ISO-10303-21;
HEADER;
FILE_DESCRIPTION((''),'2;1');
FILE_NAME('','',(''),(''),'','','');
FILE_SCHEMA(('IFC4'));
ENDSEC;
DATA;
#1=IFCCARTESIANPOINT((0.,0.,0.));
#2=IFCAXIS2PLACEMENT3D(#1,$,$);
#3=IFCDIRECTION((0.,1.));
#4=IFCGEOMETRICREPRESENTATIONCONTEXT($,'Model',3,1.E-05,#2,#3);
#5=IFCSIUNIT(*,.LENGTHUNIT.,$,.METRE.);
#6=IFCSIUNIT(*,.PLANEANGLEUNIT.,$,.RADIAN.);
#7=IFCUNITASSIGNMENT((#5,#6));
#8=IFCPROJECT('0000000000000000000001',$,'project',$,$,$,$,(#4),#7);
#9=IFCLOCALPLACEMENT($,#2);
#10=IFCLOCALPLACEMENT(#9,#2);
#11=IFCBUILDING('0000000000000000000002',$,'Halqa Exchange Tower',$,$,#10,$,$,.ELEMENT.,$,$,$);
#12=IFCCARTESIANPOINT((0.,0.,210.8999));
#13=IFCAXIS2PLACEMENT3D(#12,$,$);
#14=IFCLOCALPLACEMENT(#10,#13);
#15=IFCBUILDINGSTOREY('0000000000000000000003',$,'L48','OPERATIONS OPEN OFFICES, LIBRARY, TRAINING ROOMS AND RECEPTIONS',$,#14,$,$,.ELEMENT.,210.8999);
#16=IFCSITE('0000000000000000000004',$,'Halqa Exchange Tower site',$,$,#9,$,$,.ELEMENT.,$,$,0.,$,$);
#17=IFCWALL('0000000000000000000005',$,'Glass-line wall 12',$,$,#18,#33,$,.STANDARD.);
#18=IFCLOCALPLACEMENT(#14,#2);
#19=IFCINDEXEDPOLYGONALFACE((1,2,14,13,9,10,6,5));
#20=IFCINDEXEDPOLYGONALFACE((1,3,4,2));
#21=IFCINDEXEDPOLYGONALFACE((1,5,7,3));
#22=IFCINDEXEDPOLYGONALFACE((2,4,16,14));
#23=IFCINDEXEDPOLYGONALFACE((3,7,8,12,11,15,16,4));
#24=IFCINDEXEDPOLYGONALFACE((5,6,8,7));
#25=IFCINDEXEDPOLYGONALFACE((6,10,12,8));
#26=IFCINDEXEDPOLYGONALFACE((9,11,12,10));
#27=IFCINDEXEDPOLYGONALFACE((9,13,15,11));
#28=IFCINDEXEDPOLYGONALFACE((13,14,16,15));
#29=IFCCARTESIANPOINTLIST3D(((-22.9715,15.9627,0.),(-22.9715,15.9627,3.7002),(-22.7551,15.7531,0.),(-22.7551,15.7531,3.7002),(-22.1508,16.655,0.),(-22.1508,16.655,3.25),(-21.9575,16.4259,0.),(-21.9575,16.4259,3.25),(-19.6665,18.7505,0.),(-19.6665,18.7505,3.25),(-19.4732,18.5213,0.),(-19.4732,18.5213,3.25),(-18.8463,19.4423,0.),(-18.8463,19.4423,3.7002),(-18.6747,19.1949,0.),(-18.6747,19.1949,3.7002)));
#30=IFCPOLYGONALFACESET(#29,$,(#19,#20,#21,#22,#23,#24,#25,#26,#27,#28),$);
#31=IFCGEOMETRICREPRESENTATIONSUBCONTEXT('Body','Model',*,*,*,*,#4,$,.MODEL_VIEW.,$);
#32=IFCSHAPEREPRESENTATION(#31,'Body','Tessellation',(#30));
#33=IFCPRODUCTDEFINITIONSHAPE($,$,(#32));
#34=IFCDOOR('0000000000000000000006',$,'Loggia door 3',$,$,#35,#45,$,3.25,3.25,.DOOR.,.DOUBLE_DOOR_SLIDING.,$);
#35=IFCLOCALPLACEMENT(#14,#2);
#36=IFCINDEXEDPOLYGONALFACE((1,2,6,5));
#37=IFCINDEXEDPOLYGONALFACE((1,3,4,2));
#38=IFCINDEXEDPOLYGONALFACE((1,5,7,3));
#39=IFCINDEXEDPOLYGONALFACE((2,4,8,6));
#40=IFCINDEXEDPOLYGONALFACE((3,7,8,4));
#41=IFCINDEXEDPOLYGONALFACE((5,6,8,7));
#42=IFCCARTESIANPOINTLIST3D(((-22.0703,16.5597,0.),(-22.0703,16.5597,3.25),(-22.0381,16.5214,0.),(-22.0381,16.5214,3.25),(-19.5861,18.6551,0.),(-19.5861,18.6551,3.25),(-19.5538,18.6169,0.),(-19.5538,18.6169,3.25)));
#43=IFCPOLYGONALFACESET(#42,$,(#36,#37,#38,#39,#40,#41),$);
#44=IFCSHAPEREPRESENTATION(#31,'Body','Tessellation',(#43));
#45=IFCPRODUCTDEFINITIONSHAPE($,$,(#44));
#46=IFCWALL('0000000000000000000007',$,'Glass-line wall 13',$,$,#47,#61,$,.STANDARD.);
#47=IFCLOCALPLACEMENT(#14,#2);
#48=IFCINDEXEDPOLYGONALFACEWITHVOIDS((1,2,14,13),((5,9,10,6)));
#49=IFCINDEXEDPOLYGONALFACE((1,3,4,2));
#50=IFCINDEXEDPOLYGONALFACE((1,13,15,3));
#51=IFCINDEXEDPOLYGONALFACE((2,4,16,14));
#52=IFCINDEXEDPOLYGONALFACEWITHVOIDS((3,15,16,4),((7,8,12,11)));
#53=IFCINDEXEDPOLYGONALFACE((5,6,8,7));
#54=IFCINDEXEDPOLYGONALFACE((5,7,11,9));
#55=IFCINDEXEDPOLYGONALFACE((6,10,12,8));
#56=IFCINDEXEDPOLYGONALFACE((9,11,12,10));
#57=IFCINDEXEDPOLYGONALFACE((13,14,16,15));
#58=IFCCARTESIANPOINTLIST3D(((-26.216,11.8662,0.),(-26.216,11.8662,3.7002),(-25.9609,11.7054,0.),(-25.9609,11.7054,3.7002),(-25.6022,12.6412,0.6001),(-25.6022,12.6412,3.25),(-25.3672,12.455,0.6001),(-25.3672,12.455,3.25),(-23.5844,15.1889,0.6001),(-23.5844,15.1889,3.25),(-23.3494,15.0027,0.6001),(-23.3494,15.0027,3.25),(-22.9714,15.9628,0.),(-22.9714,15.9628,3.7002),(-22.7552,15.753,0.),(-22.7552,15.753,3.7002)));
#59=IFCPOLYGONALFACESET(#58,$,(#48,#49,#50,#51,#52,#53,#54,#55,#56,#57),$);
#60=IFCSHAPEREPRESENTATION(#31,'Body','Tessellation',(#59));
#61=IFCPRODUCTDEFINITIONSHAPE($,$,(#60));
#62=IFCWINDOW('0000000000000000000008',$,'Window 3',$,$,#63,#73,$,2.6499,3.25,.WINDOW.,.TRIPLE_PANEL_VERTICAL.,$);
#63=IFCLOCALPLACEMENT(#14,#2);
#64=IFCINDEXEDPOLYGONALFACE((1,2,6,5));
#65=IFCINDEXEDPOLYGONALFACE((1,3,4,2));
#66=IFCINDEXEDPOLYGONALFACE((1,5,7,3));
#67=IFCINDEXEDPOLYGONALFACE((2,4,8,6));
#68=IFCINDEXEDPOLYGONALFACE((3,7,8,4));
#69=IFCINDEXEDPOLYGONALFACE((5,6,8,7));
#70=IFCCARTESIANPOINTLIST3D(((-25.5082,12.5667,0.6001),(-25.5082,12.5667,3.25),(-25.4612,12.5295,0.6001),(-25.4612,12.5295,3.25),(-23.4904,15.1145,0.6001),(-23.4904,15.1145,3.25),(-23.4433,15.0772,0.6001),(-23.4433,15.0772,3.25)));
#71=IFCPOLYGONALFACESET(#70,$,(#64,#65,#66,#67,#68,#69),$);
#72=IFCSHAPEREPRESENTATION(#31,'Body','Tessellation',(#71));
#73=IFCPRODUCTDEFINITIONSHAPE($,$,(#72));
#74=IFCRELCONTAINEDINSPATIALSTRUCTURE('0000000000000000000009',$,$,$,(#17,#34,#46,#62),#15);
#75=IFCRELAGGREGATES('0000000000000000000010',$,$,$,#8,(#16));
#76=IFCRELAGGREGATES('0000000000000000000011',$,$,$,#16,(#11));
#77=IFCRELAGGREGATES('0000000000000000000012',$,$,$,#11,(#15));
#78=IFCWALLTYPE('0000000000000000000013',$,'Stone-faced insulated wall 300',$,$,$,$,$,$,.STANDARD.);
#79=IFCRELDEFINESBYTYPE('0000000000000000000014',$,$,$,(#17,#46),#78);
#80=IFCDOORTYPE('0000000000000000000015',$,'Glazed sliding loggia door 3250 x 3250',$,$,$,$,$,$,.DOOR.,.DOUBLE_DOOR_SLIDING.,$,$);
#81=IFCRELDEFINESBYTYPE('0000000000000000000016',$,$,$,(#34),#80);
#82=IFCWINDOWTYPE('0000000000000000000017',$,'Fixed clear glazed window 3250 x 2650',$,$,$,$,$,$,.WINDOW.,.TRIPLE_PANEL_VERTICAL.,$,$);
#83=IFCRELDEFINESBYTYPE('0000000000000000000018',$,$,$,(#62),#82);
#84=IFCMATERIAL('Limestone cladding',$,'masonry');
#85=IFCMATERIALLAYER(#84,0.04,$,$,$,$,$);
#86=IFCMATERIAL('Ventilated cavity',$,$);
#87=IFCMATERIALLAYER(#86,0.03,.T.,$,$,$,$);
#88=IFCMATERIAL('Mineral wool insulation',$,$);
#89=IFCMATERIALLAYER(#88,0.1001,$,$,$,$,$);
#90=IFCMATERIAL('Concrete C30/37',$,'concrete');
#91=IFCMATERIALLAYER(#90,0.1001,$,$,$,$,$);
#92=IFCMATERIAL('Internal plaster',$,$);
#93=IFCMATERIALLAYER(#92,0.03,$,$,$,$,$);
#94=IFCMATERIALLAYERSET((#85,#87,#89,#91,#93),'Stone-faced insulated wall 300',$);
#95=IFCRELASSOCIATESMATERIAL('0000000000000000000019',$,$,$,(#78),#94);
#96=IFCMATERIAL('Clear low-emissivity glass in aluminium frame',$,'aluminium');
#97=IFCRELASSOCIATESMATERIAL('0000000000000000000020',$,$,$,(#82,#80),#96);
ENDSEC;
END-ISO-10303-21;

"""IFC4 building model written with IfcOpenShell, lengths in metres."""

from ifc_helpers import new_model, si_unit, direction, frame, frame_2d, origin, place, context, subcontext, project, spatial, polyline, rectangle, outline, extrude, material, layer, layer_set, type_object, element, fill, save


model = new_model("IFC4")

# Units and contexts
model_context = context("Model", 3, precision=1e-05, world=origin(), true_north=direction((0.0, 1.0)))
body_context = subcontext(model_context, "Body", "Model", "MODEL_VIEW")
ifc_project = project(units=[si_unit("LENGTHUNIT", "METRE"), si_unit("PLANEANGLEUNIT", "RADIAN")], contexts=[model_context])

# Site, building, storey
site_placement = place(None, origin())
site = spatial("IfcSite", under=ifc_project, at=site_placement, Name="Halqa Exchange Tower site", CompositionType="ELEMENT", RefElevation=0.0)
building_placement = place(site_placement, origin())
building = spatial("IfcBuilding", under=site, at=building_placement, Name="Halqa Exchange Tower", CompositionType="ELEMENT")
storey_placement = place(building_placement, frame((0.0, 0.0, 210.8999)))
storey = spatial("IfcBuildingStorey", under=building, at=storey_placement, Name="L48", Description="OPERATIONS OPEN OFFICES, LIBRARY, TRAINING ROOMS AND RECEPTIONS", CompositionType="ELEMENT", Elevation=210.8999)

# Shared definitions
ifc_material_1 = material(Name="Limestone cladding", Category="masonry")
ifc_layer_1 = layer(ifc_material_1, 0.04)
ifc_material_2 = material(Name="Ventilated cavity")
ifc_layer_2 = layer(ifc_material_2, 0.03, ventilated=True)
ifc_material_3 = material(Name="Mineral wool insulation")
ifc_layer_3 = layer(ifc_material_3, 0.1001)
ifc_material_4 = material(Name="Concrete C30/37", Category="concrete")
ifc_layer_4 = layer(ifc_material_4, 0.1001)
ifc_material_5 = material(Name="Internal plaster")
ifc_layer_5 = layer(ifc_material_5, 0.03)
ifc_layer_set_1 = layer_set([ifc_layer_1, ifc_layer_2, ifc_layer_3, ifc_layer_4, ifc_layer_5], Name="Stone-faced insulated wall 300")
wall_type_1 = type_object("IfcWallType", Name="Stone-faced insulated wall 300", PredefinedType="STANDARD", material=ifc_layer_set_1)
ifc_material_6 = material(Name="Clear low-emissivity glass in aluminium frame", Category="aluminium")
window_type = type_object("IfcWindowType", Name="Fixed clear glazed window 3250 x 2650", PartitioningType="TRIPLE_PANEL_VERTICAL", PredefinedType="WINDOW", material=ifc_material_6)

# Wall, opening, door
wall_1_placement = place(storey_placement, frame((-18.7605, 19.3186, 0.0), z_axis=(0.0, 0.0, 1.0), x_axis=(-0.764386, -0.644759, 0.0)))
wall_1 = element("IfcWall", 1, at=wall_1_placement, inside=storey, type_object=wall_type_1, Name="Glass-line wall 12", PredefinedType="STANDARD", context=body_context, shape_type="SweptSolid", body=[
    extrude(outline(polyline([(-0.0142, -0.1499), (5.3826, -0.1499), (5.3523, 0.1499), (0.0142, 0.1499), (-0.0142, -0.1499)])), origin(), (0.0, 0.0, 1.0), 3.7002),
])
opening_1_placement = place(wall_1_placement, frame((1.0588, 0.0, 0.0)))
opening_1 = element("IfcOpeningElement", 2, at=opening_1_placement, cuts=wall_1, PredefinedType="OPENING", context=body_context, shape_type="SweptSolid", body=[
    extrude(rectangle(XDim=3.25, YDim=3.25, at=frame_2d((1.625, 1.625))), frame((0.0, 0.1621, 0.0), z_axis=(0.0, -1.0, 0.0), x_axis=(1.0, 0.0, 0.0)), (0.0, 0.0, 1.0), 0.324),
])
door_type = type_object("IfcDoorType", Name="Glazed sliding loggia door 3250 x 3250", OperationType="DOUBLE_DOOR_SLIDING", PredefinedType="DOOR", material=ifc_material_6)
door_placement = place(opening_1_placement, origin())
door = element("IfcDoor", 3, at=door_placement, inside=storey, type_object=door_type, Name="Loggia door 3", OperationType="DOUBLE_DOOR_SLIDING", OverallHeight=3.25, OverallWidth=3.25, PredefinedType="DOOR", context=body_context, shape_type="SweptSolid", body=[
    extrude(rectangle(XDim=3.25, YDim=3.25, at=frame_2d((1.625, 1.625))), frame((0.0, 0.0249, 0.0), z_axis=(0.0, -1.0, 0.0), x_axis=(1.0, 0.0, 0.0)), (0.0, 0.0, 1.0), 0.05),
])
fill(opening_1, door)

# Wall, opening, window
wall_2_placement = place(storey_placement, frame((-22.8633, 15.8579, 0.0), z_axis=(0.0, 0.0, 1.0), x_axis=(-0.62087, -0.783913, 0.0)))
wall_2 = element("IfcWall", 4, at=wall_2_placement, inside=storey, type_object=wall_type_1, Name="Glass-line wall 13", PredefinedType="STANDARD", context=body_context, shape_type="SweptSolid", body=[
    extrude(outline(polyline([(-0.0151, -0.1499), (5.2107, -0.1499), (5.1785, 0.1499), (0.0151, 0.1499), (-0.0151, -0.1499)])), origin(), (0.0, 0.0, 1.0), 3.7002),
])
opening_2_placement = place(wall_2_placement, frame((0.9722, 0.0, 0.6001)))
opening_2 = element("IfcOpeningElement", 5, at=opening_2_placement, cuts=wall_2, PredefinedType="OPENING", context=body_context, shape_type="SweptSolid", body=[
    extrude(rectangle(XDim=3.25, YDim=2.6499, at=frame_2d((1.625, 1.325))), frame((0.0, 0.1621, 0.0), z_axis=(0.0, -1.0, 0.0), x_axis=(1.0, 0.0, 0.0)), (0.0, 0.0, 1.0), 0.324),
])
window_1_placement = place(opening_2_placement, origin())
window_1 = element("IfcWindow", 6, at=window_1_placement, inside=storey, type_object=window_type, Name="Window 3", OverallHeight=2.6499, OverallWidth=3.25, PartitioningType="TRIPLE_PANEL_VERTICAL", PredefinedType="WINDOW", context=body_context, shape_type="SweptSolid", body=[
    extrude(rectangle(XDim=3.25, YDim=2.6499, at=frame_2d((1.625, 1.325))), frame((0.0, 0.03, 0.0), z_axis=(0.0, -1.0, 0.0), x_axis=(1.0, 0.0, 0.0)), (0.0, 0.0, 1.0), 0.0601),
])
fill(opening_2, window_1)

save(model, "model.ifc")
